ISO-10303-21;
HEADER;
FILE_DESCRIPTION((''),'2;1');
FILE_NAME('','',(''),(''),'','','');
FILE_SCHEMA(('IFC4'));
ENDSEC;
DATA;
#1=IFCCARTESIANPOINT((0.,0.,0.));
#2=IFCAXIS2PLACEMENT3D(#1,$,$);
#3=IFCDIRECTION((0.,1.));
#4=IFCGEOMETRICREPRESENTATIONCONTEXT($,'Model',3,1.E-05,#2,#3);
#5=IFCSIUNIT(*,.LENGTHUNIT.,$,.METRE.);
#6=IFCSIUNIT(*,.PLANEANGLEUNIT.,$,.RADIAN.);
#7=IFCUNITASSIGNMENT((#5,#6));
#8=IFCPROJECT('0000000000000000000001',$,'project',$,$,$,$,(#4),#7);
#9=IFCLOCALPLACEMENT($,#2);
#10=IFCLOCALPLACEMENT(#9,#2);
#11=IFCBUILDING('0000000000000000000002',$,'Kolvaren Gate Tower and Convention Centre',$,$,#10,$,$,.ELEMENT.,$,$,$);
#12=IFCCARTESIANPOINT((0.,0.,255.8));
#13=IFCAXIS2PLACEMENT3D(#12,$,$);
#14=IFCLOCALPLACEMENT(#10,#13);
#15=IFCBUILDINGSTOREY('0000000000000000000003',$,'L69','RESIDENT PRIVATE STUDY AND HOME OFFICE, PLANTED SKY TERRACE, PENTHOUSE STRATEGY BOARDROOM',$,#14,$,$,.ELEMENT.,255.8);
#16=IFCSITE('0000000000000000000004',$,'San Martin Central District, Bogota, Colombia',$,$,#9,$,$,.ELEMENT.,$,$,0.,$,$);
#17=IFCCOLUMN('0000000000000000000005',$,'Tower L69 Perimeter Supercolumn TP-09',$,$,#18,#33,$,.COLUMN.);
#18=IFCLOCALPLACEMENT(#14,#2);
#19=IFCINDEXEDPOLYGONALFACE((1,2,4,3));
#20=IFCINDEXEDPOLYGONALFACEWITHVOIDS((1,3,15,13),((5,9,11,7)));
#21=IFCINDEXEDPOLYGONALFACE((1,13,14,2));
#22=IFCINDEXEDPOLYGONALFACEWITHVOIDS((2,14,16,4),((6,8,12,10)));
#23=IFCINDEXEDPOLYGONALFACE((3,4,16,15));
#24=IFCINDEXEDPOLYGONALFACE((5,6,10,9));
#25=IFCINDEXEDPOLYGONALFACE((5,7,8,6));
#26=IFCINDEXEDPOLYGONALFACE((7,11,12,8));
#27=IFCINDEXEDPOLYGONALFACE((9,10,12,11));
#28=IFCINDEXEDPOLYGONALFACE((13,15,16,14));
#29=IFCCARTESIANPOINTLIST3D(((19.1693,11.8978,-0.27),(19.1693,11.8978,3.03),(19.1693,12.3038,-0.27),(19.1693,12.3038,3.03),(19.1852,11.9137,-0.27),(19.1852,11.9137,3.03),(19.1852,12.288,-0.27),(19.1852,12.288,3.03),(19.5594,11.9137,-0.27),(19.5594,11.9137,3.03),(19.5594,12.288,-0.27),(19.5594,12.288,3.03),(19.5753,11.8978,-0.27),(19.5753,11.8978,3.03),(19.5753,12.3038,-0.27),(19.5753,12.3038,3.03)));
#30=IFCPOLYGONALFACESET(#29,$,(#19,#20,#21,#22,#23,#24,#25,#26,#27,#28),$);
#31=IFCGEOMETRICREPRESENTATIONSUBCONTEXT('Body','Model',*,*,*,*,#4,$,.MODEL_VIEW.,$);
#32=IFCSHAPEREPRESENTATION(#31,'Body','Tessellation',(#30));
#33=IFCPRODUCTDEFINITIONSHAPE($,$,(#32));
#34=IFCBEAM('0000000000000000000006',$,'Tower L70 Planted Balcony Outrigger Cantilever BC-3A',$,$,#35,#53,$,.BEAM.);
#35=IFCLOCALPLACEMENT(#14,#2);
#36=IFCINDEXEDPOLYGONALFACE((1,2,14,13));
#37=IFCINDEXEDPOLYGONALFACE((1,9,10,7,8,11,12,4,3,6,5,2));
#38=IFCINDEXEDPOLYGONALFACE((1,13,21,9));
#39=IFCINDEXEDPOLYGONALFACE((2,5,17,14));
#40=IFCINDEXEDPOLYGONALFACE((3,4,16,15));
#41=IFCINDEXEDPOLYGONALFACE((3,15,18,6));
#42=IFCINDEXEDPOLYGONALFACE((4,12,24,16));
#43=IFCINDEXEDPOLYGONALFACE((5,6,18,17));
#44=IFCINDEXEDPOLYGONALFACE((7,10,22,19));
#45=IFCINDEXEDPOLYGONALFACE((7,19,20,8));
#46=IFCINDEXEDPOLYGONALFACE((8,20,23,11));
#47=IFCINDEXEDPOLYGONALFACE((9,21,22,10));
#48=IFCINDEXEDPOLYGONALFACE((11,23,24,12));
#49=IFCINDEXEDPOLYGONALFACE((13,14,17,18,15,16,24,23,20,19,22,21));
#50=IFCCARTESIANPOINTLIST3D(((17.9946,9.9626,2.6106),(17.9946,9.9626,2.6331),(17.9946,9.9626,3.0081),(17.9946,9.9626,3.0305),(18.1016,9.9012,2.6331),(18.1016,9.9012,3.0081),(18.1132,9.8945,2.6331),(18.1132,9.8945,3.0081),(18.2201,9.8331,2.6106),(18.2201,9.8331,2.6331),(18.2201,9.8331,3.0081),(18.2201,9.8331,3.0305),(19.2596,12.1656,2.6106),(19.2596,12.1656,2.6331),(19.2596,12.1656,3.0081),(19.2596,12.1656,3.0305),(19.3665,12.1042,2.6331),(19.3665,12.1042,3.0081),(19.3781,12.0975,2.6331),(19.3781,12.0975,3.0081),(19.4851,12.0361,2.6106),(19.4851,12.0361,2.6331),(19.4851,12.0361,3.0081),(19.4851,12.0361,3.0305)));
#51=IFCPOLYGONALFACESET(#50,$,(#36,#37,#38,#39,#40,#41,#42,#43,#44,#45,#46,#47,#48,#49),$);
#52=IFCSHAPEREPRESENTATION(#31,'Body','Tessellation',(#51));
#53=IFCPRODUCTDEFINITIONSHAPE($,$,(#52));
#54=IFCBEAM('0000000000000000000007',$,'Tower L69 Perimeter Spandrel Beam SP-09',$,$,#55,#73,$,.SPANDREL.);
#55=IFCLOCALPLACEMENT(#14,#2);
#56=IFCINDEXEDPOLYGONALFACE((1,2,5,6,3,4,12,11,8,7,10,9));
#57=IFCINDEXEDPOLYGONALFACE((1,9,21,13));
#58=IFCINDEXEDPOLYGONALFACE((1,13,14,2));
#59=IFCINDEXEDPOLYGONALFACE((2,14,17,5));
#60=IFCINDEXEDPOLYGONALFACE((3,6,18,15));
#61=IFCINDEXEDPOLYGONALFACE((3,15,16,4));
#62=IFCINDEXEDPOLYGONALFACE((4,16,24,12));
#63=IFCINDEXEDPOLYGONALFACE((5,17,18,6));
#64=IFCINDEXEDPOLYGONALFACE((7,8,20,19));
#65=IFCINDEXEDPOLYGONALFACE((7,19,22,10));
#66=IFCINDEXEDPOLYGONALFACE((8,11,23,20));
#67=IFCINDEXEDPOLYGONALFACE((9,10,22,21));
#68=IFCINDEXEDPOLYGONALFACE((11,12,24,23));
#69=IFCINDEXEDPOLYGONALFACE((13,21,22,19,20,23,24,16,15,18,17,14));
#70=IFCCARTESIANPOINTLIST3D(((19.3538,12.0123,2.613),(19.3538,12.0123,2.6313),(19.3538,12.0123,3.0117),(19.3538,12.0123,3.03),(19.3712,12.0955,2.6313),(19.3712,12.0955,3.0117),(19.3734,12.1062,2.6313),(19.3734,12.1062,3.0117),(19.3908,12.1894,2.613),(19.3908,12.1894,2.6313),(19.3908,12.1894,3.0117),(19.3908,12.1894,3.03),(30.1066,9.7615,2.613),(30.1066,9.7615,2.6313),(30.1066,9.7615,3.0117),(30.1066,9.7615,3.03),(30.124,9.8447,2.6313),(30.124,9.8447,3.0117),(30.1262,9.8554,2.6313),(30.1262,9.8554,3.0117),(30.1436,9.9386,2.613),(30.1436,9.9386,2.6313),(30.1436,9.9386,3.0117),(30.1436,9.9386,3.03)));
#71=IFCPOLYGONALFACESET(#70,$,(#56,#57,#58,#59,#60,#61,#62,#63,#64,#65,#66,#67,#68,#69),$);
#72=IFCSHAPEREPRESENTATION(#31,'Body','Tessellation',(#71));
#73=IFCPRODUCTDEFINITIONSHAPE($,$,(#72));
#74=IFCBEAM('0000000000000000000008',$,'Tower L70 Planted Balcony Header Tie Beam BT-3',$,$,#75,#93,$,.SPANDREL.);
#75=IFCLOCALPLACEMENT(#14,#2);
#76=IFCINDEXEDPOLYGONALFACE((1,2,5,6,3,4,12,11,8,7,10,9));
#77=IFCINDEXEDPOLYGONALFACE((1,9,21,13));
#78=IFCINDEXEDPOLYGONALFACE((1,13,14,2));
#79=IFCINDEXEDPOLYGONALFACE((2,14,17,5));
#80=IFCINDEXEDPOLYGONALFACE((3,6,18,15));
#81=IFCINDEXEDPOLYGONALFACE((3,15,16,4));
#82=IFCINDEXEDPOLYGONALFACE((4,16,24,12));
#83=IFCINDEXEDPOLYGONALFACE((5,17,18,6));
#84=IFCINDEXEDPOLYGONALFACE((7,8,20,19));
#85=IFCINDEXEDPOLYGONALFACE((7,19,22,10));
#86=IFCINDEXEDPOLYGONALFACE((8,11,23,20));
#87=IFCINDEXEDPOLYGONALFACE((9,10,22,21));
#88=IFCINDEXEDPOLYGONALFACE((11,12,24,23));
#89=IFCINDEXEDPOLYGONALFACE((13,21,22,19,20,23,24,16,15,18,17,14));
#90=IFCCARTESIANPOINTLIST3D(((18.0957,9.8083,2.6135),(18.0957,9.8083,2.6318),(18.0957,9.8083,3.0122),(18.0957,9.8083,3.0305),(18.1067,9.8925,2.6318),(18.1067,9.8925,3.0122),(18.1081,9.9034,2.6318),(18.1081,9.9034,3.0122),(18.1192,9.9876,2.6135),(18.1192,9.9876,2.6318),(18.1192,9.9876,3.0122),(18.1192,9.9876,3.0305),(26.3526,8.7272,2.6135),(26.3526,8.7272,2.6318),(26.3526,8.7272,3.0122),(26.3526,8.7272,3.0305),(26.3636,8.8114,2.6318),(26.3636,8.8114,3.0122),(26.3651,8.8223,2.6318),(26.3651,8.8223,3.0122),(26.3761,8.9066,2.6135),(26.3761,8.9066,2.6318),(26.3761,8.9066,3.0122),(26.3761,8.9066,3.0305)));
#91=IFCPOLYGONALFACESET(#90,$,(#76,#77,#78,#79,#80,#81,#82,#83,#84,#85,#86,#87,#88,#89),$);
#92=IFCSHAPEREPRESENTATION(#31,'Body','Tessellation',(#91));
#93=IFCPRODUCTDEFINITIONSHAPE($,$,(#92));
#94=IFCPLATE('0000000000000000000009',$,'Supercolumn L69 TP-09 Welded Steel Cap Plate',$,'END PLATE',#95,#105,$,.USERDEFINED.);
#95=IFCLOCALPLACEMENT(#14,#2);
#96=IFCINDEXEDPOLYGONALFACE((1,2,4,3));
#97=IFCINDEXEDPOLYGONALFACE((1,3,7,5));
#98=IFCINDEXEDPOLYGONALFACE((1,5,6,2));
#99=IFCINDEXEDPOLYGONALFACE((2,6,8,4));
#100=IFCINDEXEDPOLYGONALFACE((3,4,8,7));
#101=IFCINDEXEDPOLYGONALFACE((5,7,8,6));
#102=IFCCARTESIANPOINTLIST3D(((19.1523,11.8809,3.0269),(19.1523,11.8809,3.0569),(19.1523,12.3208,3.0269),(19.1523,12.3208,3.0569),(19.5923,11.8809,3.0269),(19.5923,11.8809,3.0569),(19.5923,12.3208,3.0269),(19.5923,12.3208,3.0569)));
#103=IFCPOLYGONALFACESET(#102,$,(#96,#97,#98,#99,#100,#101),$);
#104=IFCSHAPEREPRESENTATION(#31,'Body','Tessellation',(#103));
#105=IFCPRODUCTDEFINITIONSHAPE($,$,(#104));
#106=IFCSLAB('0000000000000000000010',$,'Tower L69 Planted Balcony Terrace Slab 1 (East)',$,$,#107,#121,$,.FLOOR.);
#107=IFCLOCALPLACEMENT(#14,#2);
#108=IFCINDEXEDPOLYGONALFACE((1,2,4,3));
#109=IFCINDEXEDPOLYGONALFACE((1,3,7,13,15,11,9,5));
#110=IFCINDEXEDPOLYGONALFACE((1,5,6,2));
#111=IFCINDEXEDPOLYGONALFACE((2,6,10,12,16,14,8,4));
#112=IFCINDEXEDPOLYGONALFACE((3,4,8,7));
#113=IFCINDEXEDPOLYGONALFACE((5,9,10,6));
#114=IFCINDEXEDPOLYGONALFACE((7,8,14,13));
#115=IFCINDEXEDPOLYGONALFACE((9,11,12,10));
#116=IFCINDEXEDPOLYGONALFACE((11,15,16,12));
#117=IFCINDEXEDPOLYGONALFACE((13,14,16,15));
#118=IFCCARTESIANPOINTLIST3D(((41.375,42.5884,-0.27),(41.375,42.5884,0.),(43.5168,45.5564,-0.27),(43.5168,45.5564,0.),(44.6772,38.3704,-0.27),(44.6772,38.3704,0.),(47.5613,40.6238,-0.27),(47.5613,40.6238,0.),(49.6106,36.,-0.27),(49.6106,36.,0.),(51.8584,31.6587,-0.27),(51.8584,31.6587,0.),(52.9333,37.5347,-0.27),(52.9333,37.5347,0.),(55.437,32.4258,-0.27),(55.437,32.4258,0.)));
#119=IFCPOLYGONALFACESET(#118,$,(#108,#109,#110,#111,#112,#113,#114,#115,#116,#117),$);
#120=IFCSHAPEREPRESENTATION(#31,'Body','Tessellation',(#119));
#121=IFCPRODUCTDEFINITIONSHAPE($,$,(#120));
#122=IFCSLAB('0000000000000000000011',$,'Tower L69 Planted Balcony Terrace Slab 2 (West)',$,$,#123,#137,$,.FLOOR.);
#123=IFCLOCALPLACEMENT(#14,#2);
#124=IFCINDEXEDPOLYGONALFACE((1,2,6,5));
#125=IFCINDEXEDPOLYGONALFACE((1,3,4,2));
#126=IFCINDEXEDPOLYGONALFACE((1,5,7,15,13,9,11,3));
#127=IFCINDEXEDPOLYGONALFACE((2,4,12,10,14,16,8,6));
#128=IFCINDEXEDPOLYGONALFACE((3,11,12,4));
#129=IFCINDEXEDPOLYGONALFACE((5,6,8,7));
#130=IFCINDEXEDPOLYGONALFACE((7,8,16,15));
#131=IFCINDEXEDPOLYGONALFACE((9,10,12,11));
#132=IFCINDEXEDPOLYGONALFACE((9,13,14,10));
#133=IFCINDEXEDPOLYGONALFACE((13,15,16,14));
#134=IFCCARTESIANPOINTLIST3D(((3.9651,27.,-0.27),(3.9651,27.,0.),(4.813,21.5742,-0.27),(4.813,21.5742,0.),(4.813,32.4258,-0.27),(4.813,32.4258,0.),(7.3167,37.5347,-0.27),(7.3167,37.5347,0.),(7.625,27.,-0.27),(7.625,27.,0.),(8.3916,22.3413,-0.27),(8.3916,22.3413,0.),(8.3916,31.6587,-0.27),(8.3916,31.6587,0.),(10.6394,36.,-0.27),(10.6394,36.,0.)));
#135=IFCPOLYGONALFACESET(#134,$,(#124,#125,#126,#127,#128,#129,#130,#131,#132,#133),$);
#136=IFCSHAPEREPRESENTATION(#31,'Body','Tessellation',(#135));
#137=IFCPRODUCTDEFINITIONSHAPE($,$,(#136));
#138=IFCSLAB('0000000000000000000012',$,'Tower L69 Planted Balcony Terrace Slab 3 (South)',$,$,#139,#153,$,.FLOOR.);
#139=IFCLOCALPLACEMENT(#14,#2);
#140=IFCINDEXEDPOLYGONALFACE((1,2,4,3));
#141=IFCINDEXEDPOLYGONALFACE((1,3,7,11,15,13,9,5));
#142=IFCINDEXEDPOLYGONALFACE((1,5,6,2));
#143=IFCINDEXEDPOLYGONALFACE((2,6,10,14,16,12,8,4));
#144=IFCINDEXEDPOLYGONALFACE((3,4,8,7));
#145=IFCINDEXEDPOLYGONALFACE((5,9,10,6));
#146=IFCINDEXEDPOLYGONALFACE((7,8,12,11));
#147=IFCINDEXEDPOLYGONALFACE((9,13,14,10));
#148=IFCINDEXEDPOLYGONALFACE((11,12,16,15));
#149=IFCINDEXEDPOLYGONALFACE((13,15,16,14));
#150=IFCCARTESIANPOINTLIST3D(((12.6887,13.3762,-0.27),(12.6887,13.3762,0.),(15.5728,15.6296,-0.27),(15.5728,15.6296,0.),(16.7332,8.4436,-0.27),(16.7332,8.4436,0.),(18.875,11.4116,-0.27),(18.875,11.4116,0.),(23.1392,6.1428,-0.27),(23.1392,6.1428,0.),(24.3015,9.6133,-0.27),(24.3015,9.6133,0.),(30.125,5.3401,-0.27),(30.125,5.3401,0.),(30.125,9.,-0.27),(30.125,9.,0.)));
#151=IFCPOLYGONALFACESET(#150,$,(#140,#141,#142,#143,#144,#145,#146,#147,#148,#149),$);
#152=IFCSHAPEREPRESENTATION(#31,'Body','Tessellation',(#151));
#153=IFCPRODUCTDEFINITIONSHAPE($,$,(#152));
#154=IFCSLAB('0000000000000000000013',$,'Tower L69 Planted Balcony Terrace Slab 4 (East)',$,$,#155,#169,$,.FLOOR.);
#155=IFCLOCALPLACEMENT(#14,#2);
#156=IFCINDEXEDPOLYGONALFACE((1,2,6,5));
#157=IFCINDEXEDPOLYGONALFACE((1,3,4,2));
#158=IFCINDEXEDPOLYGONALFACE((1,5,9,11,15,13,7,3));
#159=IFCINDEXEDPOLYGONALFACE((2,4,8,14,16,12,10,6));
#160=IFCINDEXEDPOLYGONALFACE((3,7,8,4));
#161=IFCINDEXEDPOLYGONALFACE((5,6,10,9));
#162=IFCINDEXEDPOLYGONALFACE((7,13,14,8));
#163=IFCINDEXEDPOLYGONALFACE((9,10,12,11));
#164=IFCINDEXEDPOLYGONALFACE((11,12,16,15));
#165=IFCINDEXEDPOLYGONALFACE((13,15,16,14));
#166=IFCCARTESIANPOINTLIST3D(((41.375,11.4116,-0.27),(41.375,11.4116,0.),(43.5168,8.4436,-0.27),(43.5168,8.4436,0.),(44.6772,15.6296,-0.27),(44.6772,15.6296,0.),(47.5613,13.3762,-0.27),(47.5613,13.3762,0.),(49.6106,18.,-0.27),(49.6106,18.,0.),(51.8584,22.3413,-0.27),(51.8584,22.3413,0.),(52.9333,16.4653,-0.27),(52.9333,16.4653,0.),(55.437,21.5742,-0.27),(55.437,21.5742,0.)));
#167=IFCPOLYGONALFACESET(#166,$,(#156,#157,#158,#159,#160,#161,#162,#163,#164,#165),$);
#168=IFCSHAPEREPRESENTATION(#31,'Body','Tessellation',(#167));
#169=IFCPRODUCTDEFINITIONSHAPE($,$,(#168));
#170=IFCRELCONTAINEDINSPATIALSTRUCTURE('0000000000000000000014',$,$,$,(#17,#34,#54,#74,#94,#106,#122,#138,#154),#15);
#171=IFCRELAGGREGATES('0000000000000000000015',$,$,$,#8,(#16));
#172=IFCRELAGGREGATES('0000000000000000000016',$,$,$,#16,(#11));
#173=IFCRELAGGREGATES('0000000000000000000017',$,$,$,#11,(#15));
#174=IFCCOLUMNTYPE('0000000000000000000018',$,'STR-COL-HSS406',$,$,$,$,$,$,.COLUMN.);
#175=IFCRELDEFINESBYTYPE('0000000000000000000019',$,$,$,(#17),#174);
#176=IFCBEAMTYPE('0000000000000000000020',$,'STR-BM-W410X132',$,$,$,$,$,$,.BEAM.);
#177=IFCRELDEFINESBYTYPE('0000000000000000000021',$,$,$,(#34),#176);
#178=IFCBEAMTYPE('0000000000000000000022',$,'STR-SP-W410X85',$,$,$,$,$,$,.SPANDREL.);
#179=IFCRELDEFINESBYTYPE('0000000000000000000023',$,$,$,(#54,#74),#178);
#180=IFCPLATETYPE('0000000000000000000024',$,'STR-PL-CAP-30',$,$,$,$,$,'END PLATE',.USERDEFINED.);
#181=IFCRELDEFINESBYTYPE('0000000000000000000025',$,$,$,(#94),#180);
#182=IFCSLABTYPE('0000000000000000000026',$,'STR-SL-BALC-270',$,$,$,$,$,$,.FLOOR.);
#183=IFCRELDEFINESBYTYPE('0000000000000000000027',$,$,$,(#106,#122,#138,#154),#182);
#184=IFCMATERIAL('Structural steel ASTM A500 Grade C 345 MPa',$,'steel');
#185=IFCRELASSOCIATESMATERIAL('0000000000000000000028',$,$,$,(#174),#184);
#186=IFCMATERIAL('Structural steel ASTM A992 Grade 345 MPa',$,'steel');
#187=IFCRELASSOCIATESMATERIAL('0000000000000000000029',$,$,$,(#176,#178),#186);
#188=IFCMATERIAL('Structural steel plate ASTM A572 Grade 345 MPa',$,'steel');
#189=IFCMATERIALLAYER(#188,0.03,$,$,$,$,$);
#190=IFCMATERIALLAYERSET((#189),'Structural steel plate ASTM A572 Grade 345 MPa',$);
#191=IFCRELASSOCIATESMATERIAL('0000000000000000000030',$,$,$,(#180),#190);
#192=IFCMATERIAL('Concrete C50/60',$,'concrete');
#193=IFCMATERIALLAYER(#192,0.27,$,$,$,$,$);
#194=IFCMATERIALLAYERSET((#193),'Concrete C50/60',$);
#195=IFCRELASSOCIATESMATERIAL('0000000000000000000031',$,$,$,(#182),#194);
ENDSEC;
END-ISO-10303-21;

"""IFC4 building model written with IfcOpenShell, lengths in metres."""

from ifc_helpers import new_model, si_unit, direction, frame, origin, origin_2d, place, context, subcontext, project, spatial, polyline, rectangle, hollow_rectangle, i_section, outline, extrude, material, layer, layer_set, material_profile, profile_set, type_object, element, save


model = new_model("IFC4")

# Units and contexts
model_context = context("Model", 3, precision=1e-05, world=origin(), true_north=direction((0.0, 1.0)))
body_context = subcontext(model_context, "Body", "Model", "MODEL_VIEW")
ifc_project = project(units=[si_unit("LENGTHUNIT", "METRE"), si_unit("PLANEANGLEUNIT", "RADIAN")], contexts=[model_context])

# Site, building, storey
site_placement = place(None, origin())
site = spatial("IfcSite", under=ifc_project, at=site_placement, Name="San Martin Central District, Bogota, Colombia", CompositionType="ELEMENT", RefElevation=0.0)
building_placement = place(site_placement, origin())
building = spatial("IfcBuilding", under=site, at=building_placement, Name="Kolvaren Gate Tower and Convention Centre", CompositionType="ELEMENT")
storey_placement = place(building_placement, frame((0.0, 0.0, 255.8)))
storey = spatial("IfcBuildingStorey", under=building, at=storey_placement, Name="L69", Description="RESIDENT PRIVATE STUDY AND HOME OFFICE, PLANTED SKY TERRACE, PENTHOUSE STRATEGY BOARDROOM", CompositionType="ELEMENT", Elevation=255.8)

# Column
ifc_material_1 = material(Name="Structural steel ASTM A500 Grade C 345 MPa", Category="steel")
ifc_material_profile_1 = material_profile(ifc_material_1, hollow_rectangle(XDim=0.406, YDim=0.406, WallThickness=0.0159, at=origin_2d()), Name="HSS406X406X15.9")
ifc_profile_set_1 = profile_set([ifc_material_profile_1], Name="Structural steel ASTM A500 Grade C 345 MPa")
column_type = type_object("IfcColumnType", Name="STR-COL-HSS406", PredefinedType="COLUMN", material=ifc_profile_set_1)
column_placement = place(storey_placement, frame((19.3723, 12.1008, -0.27), z_axis=(0.0, 0.0, 1.0), x_axis=(1.0, 0.0, 0.0)))
element("IfcColumn", 1, at=column_placement, inside=storey, type_object=column_type, Name="Tower L69 Perimeter Supercolumn TP-09", PredefinedType="COLUMN", context=body_context, shape_type="SweptSolid", body=[
    extrude(hollow_rectangle(XDim=0.406, YDim=0.406, WallThickness=0.0159, at=origin_2d()), origin(), (0.0, 0.0, 1.0), 3.3),
])

# Beams
ifc_material_2 = material(Name="Structural steel ASTM A992 Grade 345 MPa", Category="steel")
ifc_material_profile_2 = material_profile(ifc_material_2, i_section(OverallWidth=0.26, OverallDepth=0.4199, WebThickness=0.0134, FlangeThickness=0.0225, at=origin_2d()), Name="W410X132")
ifc_profile_set_2 = profile_set([ifc_material_profile_2], Name="Structural steel ASTM A992 Grade 345 MPa")
beam_type_1 = type_object("IfcBeamType", Name="STR-BM-W410X132", PredefinedType="BEAM", material=ifc_profile_set_2)
beam_1_placement = place(storey_placement, frame((19.3723, 12.1008, 2.8206), z_axis=(-0.497949, -0.867206, 0.0), x_axis=(0.867206, -0.497949, 0.0)))
element("IfcBeam", 2, at=beam_1_placement, inside=storey, type_object=beam_type_1, Name="Tower L70 Planted Balcony Outrigger Cantilever BC-3A", PredefinedType="BEAM", context=body_context, shape_type="SweptSolid", body=[
    extrude(i_section(OverallWidth=0.26, OverallDepth=0.4199, WebThickness=0.0134, FlangeThickness=0.0225, at=origin_2d()), origin(), (0.0, 0.0, 1.0), 2.5403),
])
ifc_material_profile_3 = material_profile(ifc_material_2, i_section(OverallWidth=0.1809, OverallDepth=0.417, WebThickness=0.011, FlangeThickness=0.0183, at=origin_2d()), Name="W410X85")
ifc_profile_set_3 = profile_set([ifc_material_profile_3], Name="Structural steel ASTM A992 Grade 345 MPa")
beam_type_2 = type_object("IfcBeamType", Name="STR-SP-W410X85", PredefinedType="SPANDREL", material=ifc_profile_set_3)
beam_2_placement = place(storey_placement, frame((19.3723, 12.1008, 2.8215), z_axis=(0.978788, -0.204878, 0.0), x_axis=(0.204878, 0.978788, 0.0)))
element("IfcBeam", 3, at=beam_2_placement, inside=storey, type_object=beam_type_2, Name="Tower L69 Perimeter Spandrel Beam SP-09", PredefinedType="SPANDREL", context=body_context, shape_type="SweptSolid", body=[
    extrude(i_section(OverallWidth=0.1809, OverallDepth=0.417, WebThickness=0.011, FlangeThickness=0.0183, at=origin_2d()), origin(), (0.0, 0.0, 1.0), 10.9858),
])
beam_3_placement = place(storey_placement, frame((18.1074, 9.8979, 2.822), z_axis=(0.991538, -0.12982, 0.0), x_axis=(0.12982, 0.991538, 0.0)))
element("IfcBeam", 4, at=beam_3_placement, inside=storey, type_object=beam_type_2, Name="Tower L70 Planted Balcony Header Tie Beam BT-3", PredefinedType="SPANDREL", context=body_context, shape_type="SweptSolid", body=[
    extrude(i_section(OverallWidth=0.1809, OverallDepth=0.417, WebThickness=0.011, FlangeThickness=0.0183, at=origin_2d()), origin(), (0.0, 0.0, 1.0), 8.3274),
])

# Plate
ifc_material_3 = material(Name="Structural steel plate ASTM A572 Grade 345 MPa", Category="steel")
ifc_layer_1 = layer(ifc_material_3, 0.03)
ifc_layer_set_1 = layer_set([ifc_layer_1], Name="Structural steel plate ASTM A572 Grade 345 MPa")
plate_type = type_object("IfcPlateType", Name="STR-PL-CAP-30", ElementType="END PLATE", PredefinedType="USERDEFINED", material=ifc_layer_set_1)
plate_placement = place(storey_placement, frame((19.3723, 12.1008, 3.0269), z_axis=(0.0, 0.0, 1.0), x_axis=(1.0, 0.0, 0.0)))
element("IfcPlate", 5, at=plate_placement, inside=storey, type_object=plate_type, Name="Supercolumn L69 TP-09 Welded Steel Cap Plate", ObjectType="END PLATE", PredefinedType="USERDEFINED", context=body_context, shape_type="SweptSolid", body=[
    extrude(rectangle(XDim=0.4399, YDim=0.4399, at=origin_2d()), origin(), (0.0, 0.0, 1.0), 0.03),
])

# Slabs
ifc_material_4 = material(Name="Concrete C50/60", Category="concrete")
ifc_layer_2 = layer(ifc_material_4, 0.27)
ifc_layer_set_2 = layer_set([ifc_layer_2], Name="Concrete C50/60")
slab_type_1 = type_object("IfcSlabType", Name="STR-SL-BALC-270", PredefinedType="FLOOR", material=ifc_layer_set_2)
slab_1_placement = place(storey_placement, frame((0.0, 0.0, -0.27)))
element("IfcSlab", 6, at=slab_1_placement, inside=storey, type_object=slab_type_1, Name="Tower L69 Planted Balcony Terrace Slab 1 (East)", PredefinedType="FLOOR", context=body_context, shape_type="SweptSolid", body=[
    extrude(outline(polyline([(51.8584, 31.6587), (49.6106, 36.0), (44.6772, 38.3704), (41.375, 42.5884), (43.5168, 45.5564), (47.5613, 40.6238), (52.9333, 37.5347), (55.437, 32.4258), (51.8584, 31.6587)])), origin(), (0.0, 0.0, 1.0), 0.27),
])
slab_2_placement = place(storey_placement, frame((0.0, 0.0, -0.27)))
element("IfcSlab", 7, at=slab_2_placement, inside=storey, type_object=slab_type_1, Name="Tower L69 Planted Balcony Terrace Slab 2 (West)", PredefinedType="FLOOR", context=body_context, shape_type="SweptSolid", body=[
    extrude(outline(polyline([(10.6394, 36.0), (8.3916, 31.6587), (7.625, 27.0), (8.3916, 22.3413), (4.813, 21.5742), (3.9651, 27.0), (4.813, 32.4258), (7.3167, 37.5347), (10.6394, 36.0)])), origin(), (0.0, 0.0, 1.0), 0.27),
])
slab_3_placement = place(storey_placement, frame((0.0, 0.0, -0.27)))
element("IfcSlab", 8, at=slab_3_placement, inside=storey, type_object=slab_type_1, Name="Tower L69 Planted Balcony Terrace Slab 3 (South)", PredefinedType="FLOOR", context=body_context, shape_type="SweptSolid", body=[
    extrude(outline(polyline([(15.5728, 15.6296), (18.875, 11.4116), (24.3015, 9.6133), (30.125, 9.0), (30.125, 5.3401), (23.1392, 6.1428), (16.7332, 8.4436), (12.6887, 13.3762), (15.5728, 15.6296)])), origin(), (0.0, 0.0, 1.0), 0.27),
])
slab_4_placement = place(storey_placement, frame((0.0, 0.0, -0.27)))
element("IfcSlab", 9, at=slab_4_placement, inside=storey, type_object=slab_type_1, Name="Tower L69 Planted Balcony Terrace Slab 4 (East)", PredefinedType="FLOOR", context=body_context, shape_type="SweptSolid", body=[
    extrude(outline(polyline([(41.375, 11.4116), (44.6772, 15.6296), (49.6106, 18.0), (51.8584, 22.3413), (55.437, 21.5742), (52.9333, 16.4653), (47.5613, 13.3762), (43.5168, 8.4436), (41.375, 11.4116)])), origin(), (0.0, 0.0, 1.0), 0.27),
])

save(model, "model.ifc")
